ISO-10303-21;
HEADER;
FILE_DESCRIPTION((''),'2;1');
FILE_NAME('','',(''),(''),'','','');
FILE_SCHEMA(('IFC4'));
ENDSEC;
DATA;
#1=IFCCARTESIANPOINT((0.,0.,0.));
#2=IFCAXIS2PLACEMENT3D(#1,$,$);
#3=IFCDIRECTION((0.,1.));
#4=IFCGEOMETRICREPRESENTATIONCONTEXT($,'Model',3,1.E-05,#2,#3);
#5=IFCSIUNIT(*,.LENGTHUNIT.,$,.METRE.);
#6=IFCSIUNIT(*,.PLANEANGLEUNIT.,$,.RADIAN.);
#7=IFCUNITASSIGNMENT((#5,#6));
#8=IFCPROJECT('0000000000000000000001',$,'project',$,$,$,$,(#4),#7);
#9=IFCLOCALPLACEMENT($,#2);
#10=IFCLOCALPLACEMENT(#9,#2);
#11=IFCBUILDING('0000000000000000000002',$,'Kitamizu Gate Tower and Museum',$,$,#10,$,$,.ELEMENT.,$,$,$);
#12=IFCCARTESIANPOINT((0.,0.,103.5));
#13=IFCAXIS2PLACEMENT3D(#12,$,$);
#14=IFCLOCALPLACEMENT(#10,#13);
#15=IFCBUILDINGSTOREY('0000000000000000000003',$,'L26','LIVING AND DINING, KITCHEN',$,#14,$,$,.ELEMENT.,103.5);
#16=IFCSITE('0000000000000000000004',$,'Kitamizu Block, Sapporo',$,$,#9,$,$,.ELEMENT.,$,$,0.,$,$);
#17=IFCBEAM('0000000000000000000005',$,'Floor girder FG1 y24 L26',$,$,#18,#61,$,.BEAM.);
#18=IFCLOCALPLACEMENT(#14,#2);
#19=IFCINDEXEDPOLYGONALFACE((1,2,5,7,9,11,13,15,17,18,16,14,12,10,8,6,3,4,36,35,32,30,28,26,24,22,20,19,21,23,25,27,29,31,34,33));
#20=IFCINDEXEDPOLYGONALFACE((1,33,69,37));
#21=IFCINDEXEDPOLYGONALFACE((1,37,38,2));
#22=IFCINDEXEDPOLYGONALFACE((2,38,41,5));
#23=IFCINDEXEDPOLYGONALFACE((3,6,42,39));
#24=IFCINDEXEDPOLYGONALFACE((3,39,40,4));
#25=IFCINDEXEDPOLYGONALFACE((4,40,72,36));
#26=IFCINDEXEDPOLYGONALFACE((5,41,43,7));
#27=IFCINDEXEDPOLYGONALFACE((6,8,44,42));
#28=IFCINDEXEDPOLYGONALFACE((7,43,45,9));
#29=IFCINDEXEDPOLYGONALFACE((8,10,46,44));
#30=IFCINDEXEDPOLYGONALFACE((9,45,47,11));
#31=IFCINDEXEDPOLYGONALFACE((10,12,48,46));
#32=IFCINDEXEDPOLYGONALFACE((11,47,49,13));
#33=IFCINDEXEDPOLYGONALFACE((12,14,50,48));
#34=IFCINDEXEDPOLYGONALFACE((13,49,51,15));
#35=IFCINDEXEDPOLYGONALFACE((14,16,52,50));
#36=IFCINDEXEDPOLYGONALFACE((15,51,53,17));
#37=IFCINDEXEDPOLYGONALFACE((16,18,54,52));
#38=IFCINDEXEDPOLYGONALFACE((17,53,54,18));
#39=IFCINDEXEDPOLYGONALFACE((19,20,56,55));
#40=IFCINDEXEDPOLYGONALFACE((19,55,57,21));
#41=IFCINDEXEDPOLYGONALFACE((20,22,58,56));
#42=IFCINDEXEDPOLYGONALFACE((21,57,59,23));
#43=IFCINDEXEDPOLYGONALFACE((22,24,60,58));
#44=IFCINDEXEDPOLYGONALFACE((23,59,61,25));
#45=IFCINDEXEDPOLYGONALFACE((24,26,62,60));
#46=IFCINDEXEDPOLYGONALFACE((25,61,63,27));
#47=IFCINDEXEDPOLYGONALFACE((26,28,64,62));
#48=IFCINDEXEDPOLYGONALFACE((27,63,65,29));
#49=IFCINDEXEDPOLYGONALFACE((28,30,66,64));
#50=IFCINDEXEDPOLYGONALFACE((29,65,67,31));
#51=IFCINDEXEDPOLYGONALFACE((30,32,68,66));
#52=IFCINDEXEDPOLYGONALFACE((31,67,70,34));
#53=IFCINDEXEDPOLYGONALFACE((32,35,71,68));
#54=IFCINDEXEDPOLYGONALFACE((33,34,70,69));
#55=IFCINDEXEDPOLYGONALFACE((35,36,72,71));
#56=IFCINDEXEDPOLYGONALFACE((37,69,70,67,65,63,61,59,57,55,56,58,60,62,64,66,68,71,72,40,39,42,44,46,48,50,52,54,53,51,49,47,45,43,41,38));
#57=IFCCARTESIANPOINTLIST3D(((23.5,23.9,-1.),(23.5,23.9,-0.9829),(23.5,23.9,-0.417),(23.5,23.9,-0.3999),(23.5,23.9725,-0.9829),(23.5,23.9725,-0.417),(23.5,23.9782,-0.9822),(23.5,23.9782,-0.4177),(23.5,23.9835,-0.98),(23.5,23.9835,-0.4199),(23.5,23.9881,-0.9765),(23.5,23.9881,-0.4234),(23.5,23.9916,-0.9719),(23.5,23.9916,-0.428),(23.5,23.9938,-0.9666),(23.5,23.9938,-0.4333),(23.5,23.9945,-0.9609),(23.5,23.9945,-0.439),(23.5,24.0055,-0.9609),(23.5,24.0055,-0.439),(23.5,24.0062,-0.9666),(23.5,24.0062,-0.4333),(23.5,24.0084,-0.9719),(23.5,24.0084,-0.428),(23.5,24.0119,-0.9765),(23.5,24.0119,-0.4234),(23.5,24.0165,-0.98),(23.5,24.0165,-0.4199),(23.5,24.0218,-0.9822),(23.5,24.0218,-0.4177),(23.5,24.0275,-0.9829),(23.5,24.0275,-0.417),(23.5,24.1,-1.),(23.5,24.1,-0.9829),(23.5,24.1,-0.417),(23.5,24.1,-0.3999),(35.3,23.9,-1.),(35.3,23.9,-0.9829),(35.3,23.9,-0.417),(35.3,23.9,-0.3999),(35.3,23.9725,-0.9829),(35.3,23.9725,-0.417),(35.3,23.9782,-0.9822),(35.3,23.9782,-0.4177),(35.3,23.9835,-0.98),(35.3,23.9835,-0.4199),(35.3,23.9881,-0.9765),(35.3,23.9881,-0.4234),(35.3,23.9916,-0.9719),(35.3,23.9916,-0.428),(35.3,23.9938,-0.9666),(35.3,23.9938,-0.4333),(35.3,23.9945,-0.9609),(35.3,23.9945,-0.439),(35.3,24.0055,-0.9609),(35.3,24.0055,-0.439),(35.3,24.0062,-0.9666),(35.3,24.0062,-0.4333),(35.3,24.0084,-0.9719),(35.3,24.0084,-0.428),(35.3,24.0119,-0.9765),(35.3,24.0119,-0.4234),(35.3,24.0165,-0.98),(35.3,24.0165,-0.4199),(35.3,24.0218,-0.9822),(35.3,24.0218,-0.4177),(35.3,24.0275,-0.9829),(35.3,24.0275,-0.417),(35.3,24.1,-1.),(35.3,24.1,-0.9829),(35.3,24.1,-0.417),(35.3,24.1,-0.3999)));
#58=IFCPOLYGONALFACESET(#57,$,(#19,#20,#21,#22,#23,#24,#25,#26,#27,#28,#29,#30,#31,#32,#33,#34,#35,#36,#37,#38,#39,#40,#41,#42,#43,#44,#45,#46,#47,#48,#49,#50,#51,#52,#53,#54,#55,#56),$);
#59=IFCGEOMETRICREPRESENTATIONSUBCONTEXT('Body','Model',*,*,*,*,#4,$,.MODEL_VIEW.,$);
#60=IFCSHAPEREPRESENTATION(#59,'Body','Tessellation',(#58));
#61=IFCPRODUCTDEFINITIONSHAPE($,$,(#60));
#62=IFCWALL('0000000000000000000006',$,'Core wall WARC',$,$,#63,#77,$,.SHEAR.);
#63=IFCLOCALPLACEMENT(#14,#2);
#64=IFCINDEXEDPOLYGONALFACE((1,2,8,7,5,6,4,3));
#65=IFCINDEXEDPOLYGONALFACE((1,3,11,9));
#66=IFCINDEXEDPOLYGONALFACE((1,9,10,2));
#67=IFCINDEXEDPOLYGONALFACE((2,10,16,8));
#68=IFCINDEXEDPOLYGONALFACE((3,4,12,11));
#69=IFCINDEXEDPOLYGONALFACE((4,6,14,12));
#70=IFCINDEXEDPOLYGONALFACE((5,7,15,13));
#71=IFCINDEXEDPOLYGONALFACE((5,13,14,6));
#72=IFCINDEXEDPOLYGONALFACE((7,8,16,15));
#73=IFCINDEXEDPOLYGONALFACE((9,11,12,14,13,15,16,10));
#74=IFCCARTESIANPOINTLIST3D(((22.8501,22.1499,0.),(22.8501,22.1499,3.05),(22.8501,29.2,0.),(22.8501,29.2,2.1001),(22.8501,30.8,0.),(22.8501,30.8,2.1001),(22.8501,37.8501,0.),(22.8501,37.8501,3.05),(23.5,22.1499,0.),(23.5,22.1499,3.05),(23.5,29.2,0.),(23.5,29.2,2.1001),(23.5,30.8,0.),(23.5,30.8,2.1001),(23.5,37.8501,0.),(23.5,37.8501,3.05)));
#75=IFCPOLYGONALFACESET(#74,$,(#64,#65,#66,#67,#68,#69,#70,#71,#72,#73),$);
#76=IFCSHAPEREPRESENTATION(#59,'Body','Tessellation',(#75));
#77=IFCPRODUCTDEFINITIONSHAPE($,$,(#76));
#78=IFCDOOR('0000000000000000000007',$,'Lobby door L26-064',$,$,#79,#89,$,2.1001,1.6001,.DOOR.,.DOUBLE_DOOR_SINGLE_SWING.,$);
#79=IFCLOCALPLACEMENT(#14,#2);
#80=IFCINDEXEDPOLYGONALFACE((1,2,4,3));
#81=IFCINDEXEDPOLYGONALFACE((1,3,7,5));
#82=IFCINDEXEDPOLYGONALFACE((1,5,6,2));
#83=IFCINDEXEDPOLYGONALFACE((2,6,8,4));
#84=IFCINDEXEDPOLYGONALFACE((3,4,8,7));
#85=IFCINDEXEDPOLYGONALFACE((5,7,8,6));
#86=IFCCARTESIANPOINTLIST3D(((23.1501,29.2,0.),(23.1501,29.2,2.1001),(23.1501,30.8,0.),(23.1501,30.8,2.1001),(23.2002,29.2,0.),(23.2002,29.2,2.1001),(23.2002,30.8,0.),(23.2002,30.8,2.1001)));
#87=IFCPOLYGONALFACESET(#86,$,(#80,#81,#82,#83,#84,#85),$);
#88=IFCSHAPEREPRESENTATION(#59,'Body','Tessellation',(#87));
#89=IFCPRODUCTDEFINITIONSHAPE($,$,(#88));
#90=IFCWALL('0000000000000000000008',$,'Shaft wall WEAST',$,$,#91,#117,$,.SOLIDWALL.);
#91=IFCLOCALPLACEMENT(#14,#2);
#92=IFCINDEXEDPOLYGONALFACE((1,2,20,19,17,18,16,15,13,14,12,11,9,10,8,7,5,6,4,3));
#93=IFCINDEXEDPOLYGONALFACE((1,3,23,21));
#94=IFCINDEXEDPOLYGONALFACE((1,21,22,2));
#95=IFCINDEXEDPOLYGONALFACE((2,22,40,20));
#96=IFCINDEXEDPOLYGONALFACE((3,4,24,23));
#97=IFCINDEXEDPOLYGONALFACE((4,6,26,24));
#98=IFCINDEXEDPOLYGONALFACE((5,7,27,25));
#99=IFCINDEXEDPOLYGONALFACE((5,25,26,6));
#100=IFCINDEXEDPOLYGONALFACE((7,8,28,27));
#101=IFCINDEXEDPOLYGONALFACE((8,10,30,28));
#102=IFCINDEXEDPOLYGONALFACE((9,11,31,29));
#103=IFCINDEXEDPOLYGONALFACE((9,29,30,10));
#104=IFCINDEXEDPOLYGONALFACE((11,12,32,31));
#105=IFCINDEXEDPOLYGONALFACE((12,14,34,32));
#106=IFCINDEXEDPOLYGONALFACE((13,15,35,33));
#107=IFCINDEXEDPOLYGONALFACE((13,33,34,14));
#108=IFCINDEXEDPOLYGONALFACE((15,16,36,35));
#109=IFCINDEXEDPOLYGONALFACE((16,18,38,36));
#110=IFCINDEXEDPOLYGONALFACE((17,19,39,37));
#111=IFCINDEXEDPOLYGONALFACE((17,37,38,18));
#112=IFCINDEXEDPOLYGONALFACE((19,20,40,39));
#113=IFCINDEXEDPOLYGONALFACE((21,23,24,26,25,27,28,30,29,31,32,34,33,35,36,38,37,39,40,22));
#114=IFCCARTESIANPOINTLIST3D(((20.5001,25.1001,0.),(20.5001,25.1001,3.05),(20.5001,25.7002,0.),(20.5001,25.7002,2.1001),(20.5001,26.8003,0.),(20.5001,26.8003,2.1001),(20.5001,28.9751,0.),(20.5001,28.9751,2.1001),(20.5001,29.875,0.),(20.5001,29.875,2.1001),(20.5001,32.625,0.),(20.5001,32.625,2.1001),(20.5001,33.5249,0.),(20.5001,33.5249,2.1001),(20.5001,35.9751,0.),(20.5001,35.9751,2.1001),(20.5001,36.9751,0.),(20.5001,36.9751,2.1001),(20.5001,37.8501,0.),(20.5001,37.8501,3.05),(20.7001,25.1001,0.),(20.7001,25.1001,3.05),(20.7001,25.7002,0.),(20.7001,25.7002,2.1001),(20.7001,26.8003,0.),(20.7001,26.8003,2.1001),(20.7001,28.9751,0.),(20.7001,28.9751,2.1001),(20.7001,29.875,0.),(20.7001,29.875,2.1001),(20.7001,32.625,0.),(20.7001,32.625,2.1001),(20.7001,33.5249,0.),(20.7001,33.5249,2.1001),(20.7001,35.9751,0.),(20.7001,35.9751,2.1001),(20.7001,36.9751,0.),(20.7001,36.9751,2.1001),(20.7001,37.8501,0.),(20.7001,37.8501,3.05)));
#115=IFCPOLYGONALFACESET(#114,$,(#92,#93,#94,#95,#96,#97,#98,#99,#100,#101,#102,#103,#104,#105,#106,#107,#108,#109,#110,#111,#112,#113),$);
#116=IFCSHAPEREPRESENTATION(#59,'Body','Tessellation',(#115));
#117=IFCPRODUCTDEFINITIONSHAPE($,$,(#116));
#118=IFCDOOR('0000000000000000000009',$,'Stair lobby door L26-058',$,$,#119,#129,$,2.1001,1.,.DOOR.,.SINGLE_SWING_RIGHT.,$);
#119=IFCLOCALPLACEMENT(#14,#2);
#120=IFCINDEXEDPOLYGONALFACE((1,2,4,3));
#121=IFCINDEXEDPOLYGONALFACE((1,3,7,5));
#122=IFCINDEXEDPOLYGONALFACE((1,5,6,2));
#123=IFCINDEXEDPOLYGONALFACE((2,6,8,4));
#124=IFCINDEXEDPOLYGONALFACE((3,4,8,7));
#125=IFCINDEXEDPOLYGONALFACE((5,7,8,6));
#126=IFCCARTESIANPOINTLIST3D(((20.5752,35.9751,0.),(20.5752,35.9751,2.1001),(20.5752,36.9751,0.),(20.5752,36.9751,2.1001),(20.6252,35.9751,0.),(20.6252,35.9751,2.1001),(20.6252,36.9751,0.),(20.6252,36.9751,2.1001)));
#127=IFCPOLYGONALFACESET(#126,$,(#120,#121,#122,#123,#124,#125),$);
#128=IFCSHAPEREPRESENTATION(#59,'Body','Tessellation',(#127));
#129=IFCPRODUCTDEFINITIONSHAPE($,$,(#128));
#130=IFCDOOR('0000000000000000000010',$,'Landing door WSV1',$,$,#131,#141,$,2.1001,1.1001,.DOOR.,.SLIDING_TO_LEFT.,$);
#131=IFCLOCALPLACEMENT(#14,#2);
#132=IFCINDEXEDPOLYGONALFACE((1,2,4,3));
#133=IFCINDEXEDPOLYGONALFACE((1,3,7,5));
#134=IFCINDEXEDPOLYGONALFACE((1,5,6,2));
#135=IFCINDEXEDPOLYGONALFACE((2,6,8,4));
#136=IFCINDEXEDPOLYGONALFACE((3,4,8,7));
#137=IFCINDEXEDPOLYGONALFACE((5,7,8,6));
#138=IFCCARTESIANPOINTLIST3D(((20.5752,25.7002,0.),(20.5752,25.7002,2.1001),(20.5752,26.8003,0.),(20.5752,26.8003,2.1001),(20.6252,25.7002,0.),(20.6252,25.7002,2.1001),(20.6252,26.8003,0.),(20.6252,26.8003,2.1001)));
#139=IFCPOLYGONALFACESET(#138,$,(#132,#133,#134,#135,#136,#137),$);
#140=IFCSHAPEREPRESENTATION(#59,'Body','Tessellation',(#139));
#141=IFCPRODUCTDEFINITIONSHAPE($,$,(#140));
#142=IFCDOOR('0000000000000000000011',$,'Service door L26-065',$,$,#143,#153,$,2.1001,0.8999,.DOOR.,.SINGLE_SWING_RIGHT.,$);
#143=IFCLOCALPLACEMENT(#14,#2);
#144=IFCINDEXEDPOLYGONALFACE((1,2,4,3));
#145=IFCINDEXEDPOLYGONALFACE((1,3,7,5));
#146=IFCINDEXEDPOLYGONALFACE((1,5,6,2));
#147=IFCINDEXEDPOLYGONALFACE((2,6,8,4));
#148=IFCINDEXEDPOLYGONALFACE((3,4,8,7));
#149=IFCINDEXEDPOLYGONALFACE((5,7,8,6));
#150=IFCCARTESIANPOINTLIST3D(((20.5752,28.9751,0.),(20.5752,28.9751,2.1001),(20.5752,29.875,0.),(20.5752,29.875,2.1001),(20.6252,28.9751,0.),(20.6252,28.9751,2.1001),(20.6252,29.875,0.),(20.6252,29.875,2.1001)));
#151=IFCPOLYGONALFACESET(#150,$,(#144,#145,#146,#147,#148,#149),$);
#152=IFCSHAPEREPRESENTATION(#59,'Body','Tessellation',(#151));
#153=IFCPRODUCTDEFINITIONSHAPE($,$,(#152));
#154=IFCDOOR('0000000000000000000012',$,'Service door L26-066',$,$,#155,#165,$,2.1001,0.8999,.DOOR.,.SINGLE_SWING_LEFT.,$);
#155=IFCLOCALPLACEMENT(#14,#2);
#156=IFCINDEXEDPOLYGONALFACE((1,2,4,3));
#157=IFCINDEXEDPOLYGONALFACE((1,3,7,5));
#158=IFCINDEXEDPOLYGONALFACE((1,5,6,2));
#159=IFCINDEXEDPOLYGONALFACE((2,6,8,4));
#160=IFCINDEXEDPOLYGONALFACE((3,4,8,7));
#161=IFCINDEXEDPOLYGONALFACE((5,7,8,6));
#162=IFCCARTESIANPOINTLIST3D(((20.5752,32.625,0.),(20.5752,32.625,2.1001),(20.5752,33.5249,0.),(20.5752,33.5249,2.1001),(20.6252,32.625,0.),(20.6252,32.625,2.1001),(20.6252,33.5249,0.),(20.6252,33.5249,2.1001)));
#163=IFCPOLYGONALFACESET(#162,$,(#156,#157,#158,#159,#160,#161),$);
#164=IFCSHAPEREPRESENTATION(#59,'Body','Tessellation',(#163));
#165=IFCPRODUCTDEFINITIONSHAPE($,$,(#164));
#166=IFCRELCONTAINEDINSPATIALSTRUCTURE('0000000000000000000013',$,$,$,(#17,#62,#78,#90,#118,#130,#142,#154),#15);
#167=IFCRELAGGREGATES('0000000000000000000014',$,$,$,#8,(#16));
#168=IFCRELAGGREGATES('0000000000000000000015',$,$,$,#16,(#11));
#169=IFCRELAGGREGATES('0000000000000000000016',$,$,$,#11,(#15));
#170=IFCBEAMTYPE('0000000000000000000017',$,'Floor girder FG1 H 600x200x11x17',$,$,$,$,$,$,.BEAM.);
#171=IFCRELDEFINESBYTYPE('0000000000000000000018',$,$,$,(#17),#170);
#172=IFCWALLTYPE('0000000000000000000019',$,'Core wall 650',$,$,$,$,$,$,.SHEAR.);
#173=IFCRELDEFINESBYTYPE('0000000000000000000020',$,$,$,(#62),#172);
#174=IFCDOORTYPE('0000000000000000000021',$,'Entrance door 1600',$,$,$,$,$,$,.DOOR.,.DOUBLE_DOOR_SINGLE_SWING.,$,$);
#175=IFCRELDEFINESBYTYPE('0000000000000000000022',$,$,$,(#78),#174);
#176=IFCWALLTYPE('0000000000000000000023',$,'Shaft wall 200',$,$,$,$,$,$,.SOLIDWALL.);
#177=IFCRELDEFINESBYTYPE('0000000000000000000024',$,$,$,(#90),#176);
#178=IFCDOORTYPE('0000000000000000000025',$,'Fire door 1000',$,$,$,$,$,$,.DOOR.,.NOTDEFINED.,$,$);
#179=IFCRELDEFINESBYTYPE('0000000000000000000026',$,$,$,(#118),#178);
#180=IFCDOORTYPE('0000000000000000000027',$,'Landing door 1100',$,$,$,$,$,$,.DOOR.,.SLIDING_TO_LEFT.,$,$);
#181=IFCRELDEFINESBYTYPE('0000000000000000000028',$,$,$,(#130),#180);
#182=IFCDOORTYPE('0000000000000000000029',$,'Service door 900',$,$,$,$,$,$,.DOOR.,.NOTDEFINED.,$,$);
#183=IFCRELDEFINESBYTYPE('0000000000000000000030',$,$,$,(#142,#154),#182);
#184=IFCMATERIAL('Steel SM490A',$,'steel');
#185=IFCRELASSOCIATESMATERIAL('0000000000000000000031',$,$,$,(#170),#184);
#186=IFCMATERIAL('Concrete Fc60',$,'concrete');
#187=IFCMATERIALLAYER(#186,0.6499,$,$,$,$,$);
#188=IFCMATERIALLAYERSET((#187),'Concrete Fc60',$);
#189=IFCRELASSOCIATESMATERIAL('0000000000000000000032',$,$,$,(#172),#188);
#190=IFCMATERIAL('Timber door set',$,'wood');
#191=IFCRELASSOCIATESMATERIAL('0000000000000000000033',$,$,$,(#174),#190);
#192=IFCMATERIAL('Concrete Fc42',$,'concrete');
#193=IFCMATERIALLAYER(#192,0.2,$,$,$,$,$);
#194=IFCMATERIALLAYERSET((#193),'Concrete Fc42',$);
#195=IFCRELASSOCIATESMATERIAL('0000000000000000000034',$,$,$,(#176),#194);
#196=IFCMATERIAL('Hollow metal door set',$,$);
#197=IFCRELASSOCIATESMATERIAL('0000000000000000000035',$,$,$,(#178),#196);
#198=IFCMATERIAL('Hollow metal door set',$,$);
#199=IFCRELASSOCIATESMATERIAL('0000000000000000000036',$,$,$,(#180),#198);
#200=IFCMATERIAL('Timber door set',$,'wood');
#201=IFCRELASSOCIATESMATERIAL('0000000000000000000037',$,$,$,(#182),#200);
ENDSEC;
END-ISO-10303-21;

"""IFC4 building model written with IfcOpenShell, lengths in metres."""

from ifc_helpers import new_model, si_unit, direction, frame, frame_2d, origin, origin_2d, place, context, subcontext, project, spatial, rectangle, i_section, extrude, material, layer, layer_set, material_profile, profile_set, type_object, element, fill, save


model = new_model("IFC4")

# Units and contexts
model_context = context("Model", 3, precision=1e-05, world=origin(), true_north=direction((0.0, 1.0)))
body_context = subcontext(model_context, "Body", "Model", "MODEL_VIEW")
ifc_project = project(units=[si_unit("LENGTHUNIT", "METRE"), si_unit("PLANEANGLEUNIT", "RADIAN")], contexts=[model_context])

# Site, building, storey
site_placement = place(None, origin())
site = spatial("IfcSite", under=ifc_project, at=site_placement, Name="Kitamizu Block, Sapporo", CompositionType="ELEMENT", RefElevation=0.0)
building_placement = place(site_placement, origin())
building = spatial("IfcBuilding", under=site, at=building_placement, Name="Kitamizu Gate Tower and Museum", CompositionType="ELEMENT")
storey_placement = place(building_placement, frame((0.0, 0.0, 103.5)))
storey = spatial("IfcBuildingStorey", under=building, at=storey_placement, Name="L26", Description="LIVING AND DINING, KITCHEN", CompositionType="ELEMENT", Elevation=103.5)

# Beam
ifc_material_1 = material(Name="Steel SM490A", Category="steel")
ifc_material_profile = material_profile(ifc_material_1, i_section(OverallWidth=0.2, OverallDepth=0.6001, WebThickness=0.011, FlangeThickness=0.0171, FilletRadius=0.022, at=origin_2d()), Name="H-600x200x11x17")
ifc_profile_set = profile_set([ifc_material_profile], Name="Steel SM490A")
beam_type = type_object("IfcBeamType", Name="Floor girder FG1 H 600x200x11x17", PredefinedType="BEAM", material=ifc_profile_set)
beam_placement = place(storey_placement, frame((23.5, 24.0, -0.7), z_axis=(1.0, 0.0, 0.0), x_axis=(0.0, 1.0, 0.0)))
element("IfcBeam", 1, at=beam_placement, inside=storey, type_object=beam_type, Name="Floor girder FG1 y24 L26", PredefinedType="BEAM", context=body_context, shape_type="SweptSolid", body=[
    extrude(i_section(OverallWidth=0.2, OverallDepth=0.6001, WebThickness=0.011, FlangeThickness=0.0171, FilletRadius=0.022, at=origin_2d()), origin(), (0.0, 0.0, 1.0), 11.8),
])

# Wall, opening, door
ifc_material_2 = material(Name="Concrete Fc60", Category="concrete")
ifc_layer_1 = layer(ifc_material_2, 0.6499)
ifc_layer_set_1 = layer_set([ifc_layer_1], Name="Concrete Fc60")
wall_type_1 = type_object("IfcWallType", Name="Core wall 650", PredefinedType="SHEAR", material=ifc_layer_set_1)
wall_1_placement = place(storey_placement, frame((23.175, 22.1499, 0.0), z_axis=(0.0, 0.0, 1.0), x_axis=(0.0, 1.0, 0.0)))
wall_1 = element("IfcWall", 2, at=wall_1_placement, inside=storey, type_object=wall_type_1, Name="Core wall WARC", PredefinedType="SHEAR", context=body_context, shape_type="SweptSolid", body=[
    extrude(rectangle(XDim=15.7002, YDim=0.6499, at=frame_2d((7.8501, 0.0))), origin(), (0.0, 0.0, 1.0), 3.05),
])
opening_1_placement = place(wall_1_placement, frame((7.05, 0.0, 0.0)))
opening_1 = element("IfcOpeningElement", 3, at=opening_1_placement, cuts=wall_1, PredefinedType="OPENING", context=body_context, shape_type="SweptSolid", body=[
    extrude(rectangle(XDim=1.6001, YDim=2.1001, at=frame_2d((0.8, 1.05))), frame((0.0, 0.335, 0.0), z_axis=(0.0, -1.0, 0.0), x_axis=(1.0, 0.0, 0.0)), (0.0, 0.0, 1.0), 0.6699),
])
ifc_material_3 = material(Name="Timber door set", Category="wood")
door_type_1 = type_object("IfcDoorType", Name="Entrance door 1600", OperationType="DOUBLE_DOOR_SINGLE_SWING", PredefinedType="DOOR", material=ifc_material_3)
door_1_placement = place(opening_1_placement, origin())
door_1 = element("IfcDoor", 4, at=door_1_placement, inside=storey, type_object=door_type_1, Name="Lobby door L26-064", OperationType="DOUBLE_DOOR_SINGLE_SWING", OverallHeight=2.1001, OverallWidth=1.6001, PredefinedType="DOOR", context=body_context, shape_type="SweptSolid", body=[
    extrude(rectangle(XDim=1.6001, YDim=2.1001, at=frame_2d((0.8, 1.05))), frame((0.0, 0.0249, 0.0), z_axis=(0.0, -1.0, 0.0), x_axis=(1.0, 0.0, 0.0)), (0.0, 0.0, 1.0), 0.05),
])
fill(opening_1, door_1)

# Wall, openings, doors
ifc_material_4 = material(Name="Concrete Fc42", Category="concrete")
ifc_layer_2 = layer(ifc_material_4, 0.2)
ifc_layer_set_2 = layer_set([ifc_layer_2], Name="Concrete Fc42")
wall_type_2 = type_object("IfcWallType", Name="Shaft wall 200", PredefinedType="SOLIDWALL", material=ifc_layer_set_2)
wall_2_placement = place(storey_placement, frame((20.6001, 25.1001, 0.0), z_axis=(0.0, 0.0, 1.0), x_axis=(0.0, 1.0, 0.0)))
wall_2 = element("IfcWall", 5, at=wall_2_placement, inside=storey, type_object=wall_type_2, Name="Shaft wall WEAST", PredefinedType="SOLIDWALL", context=body_context, shape_type="SweptSolid", body=[
    extrude(rectangle(XDim=12.75, YDim=0.2, at=frame_2d((6.375, 0.0))), origin(), (0.0, 0.0, 1.0), 3.05),
])
opening_2_placement = place(wall_2_placement, frame((0.6001, 0.0, 0.0)))
opening_2 = element("IfcOpeningElement", 6, at=opening_2_placement, cuts=wall_2, PredefinedType="OPENING", context=body_context, shape_type="SweptSolid", body=[
    extrude(rectangle(XDim=1.1001, YDim=2.1001, at=frame_2d((0.55, 1.05))), frame((0.0, 0.1099, 0.0), z_axis=(0.0, -1.0, 0.0), x_axis=(1.0, 0.0, 0.0)), (0.0, 0.0, 1.0), 0.22),
])
opening_3_placement = place(wall_2_placement, frame((10.875, 0.0, 0.0)))
opening_3 = element("IfcOpeningElement", 7, at=opening_3_placement, cuts=wall_2, PredefinedType="OPENING", context=body_context, shape_type="SweptSolid", body=[
    extrude(rectangle(XDim=1.0, YDim=2.1001, at=frame_2d((0.5, 1.05))), frame((0.0, 0.1099, 0.0), z_axis=(0.0, -1.0, 0.0), x_axis=(1.0, 0.0, 0.0)), (0.0, 0.0, 1.0), 0.22),
])
opening_4_placement = place(wall_2_placement, frame((3.875, 0.0, 0.0)))
opening_4 = element("IfcOpeningElement", 8, at=opening_4_placement, cuts=wall_2, PredefinedType="OPENING", context=body_context, shape_type="SweptSolid", body=[
    extrude(rectangle(XDim=0.8999, YDim=2.1001, at=frame_2d((0.45, 1.05))), frame((0.0, 0.1099, 0.0), z_axis=(0.0, -1.0, 0.0), x_axis=(1.0, 0.0, 0.0)), (0.0, 0.0, 1.0), 0.22),
])
opening_5_placement = place(wall_2_placement, frame((7.5249, 0.0, 0.0)))
opening_5 = element("IfcOpeningElement", 9, at=opening_5_placement, cuts=wall_2, PredefinedType="OPENING", context=body_context, shape_type="SweptSolid", body=[
    extrude(rectangle(XDim=0.8999, YDim=2.1001, at=frame_2d((0.45, 1.05))), frame((0.0, 0.1099, 0.0), z_axis=(0.0, -1.0, 0.0), x_axis=(1.0, 0.0, 0.0)), (0.0, 0.0, 1.0), 0.22),
])
ifc_material_5 = material(Name="Hollow metal door set")
door_type_2 = type_object("IfcDoorType", Name="Fire door 1000", OperationType="NOTDEFINED", PredefinedType="DOOR", material=ifc_material_5)
door_2_placement = place(opening_3_placement, origin())
door_2 = element("IfcDoor", 10, at=door_2_placement, inside=storey, type_object=door_type_2, Name="Stair lobby door L26-058", OperationType="SINGLE_SWING_RIGHT", OverallHeight=2.1001, OverallWidth=1.0, PredefinedType="DOOR", context=body_context, shape_type="SweptSolid", body=[
    extrude(rectangle(XDim=1.0, YDim=2.1001, at=frame_2d((0.5, 1.05))), frame((0.0, 0.0249, 0.0), z_axis=(0.0, -1.0, 0.0), x_axis=(1.0, 0.0, 0.0)), (0.0, 0.0, 1.0), 0.05),
])
fill(opening_3, door_2)
ifc_material_6 = material(Name="Hollow metal door set")
door_type_3 = type_object("IfcDoorType", Name="Landing door 1100", OperationType="SLIDING_TO_LEFT", PredefinedType="DOOR", material=ifc_material_6)
door_3_placement = place(opening_2_placement, origin())
door_3 = element("IfcDoor", 11, at=door_3_placement, inside=storey, type_object=door_type_3, Name="Landing door WSV1", OperationType="SLIDING_TO_LEFT", OverallHeight=2.1001, OverallWidth=1.1001, PredefinedType="DOOR", context=body_context, shape_type="SweptSolid", body=[
    extrude(rectangle(XDim=1.1001, YDim=2.1001, at=frame_2d((0.55, 1.05))), frame((0.0, 0.0249, 0.0), z_axis=(0.0, -1.0, 0.0), x_axis=(1.0, 0.0, 0.0)), (0.0, 0.0, 1.0), 0.05),
])
fill(opening_2, door_3)
ifc_material_7 = material(Name="Timber door set", Category="wood")
door_type_4 = type_object("IfcDoorType", Name="Service door 900", OperationType="NOTDEFINED", PredefinedType="DOOR", material=ifc_material_7)
door_4_placement = place(opening_4_placement, origin())
door_4 = element("IfcDoor", 12, at=door_4_placement, inside=storey, type_object=door_type_4, Name="Service door L26-065", OperationType="SINGLE_SWING_RIGHT", OverallHeight=2.1001, OverallWidth=0.8999, PredefinedType="DOOR", context=body_context, shape_type="SweptSolid", body=[
    extrude(rectangle(XDim=0.8999, YDim=2.1001, at=frame_2d((0.45, 1.05))), frame((0.0, 0.0249, 0.0), z_axis=(0.0, -1.0, 0.0), x_axis=(1.0, 0.0, 0.0)), (0.0, 0.0, 1.0), 0.05),
])
fill(opening_4, door_4)
door_5_placement = place(opening_5_placement, origin())
door_5 = element("IfcDoor", 13, at=door_5_placement, inside=storey, type_object=door_type_4, Name="Service door L26-066", OperationType="SINGLE_SWING_LEFT", OverallHeight=2.1001, OverallWidth=0.8999, PredefinedType="DOOR", context=body_context, shape_type="SweptSolid", body=[
    extrude(rectangle(XDim=0.8999, YDim=2.1001, at=frame_2d((0.45, 1.05))), frame((0.0, 0.0249, 0.0), z_axis=(0.0, -1.0, 0.0), x_axis=(1.0, 0.0, 0.0)), (0.0, 0.0, 1.0), 0.05),
])
fill(opening_5, door_5)

save(model, "model.ifc")
